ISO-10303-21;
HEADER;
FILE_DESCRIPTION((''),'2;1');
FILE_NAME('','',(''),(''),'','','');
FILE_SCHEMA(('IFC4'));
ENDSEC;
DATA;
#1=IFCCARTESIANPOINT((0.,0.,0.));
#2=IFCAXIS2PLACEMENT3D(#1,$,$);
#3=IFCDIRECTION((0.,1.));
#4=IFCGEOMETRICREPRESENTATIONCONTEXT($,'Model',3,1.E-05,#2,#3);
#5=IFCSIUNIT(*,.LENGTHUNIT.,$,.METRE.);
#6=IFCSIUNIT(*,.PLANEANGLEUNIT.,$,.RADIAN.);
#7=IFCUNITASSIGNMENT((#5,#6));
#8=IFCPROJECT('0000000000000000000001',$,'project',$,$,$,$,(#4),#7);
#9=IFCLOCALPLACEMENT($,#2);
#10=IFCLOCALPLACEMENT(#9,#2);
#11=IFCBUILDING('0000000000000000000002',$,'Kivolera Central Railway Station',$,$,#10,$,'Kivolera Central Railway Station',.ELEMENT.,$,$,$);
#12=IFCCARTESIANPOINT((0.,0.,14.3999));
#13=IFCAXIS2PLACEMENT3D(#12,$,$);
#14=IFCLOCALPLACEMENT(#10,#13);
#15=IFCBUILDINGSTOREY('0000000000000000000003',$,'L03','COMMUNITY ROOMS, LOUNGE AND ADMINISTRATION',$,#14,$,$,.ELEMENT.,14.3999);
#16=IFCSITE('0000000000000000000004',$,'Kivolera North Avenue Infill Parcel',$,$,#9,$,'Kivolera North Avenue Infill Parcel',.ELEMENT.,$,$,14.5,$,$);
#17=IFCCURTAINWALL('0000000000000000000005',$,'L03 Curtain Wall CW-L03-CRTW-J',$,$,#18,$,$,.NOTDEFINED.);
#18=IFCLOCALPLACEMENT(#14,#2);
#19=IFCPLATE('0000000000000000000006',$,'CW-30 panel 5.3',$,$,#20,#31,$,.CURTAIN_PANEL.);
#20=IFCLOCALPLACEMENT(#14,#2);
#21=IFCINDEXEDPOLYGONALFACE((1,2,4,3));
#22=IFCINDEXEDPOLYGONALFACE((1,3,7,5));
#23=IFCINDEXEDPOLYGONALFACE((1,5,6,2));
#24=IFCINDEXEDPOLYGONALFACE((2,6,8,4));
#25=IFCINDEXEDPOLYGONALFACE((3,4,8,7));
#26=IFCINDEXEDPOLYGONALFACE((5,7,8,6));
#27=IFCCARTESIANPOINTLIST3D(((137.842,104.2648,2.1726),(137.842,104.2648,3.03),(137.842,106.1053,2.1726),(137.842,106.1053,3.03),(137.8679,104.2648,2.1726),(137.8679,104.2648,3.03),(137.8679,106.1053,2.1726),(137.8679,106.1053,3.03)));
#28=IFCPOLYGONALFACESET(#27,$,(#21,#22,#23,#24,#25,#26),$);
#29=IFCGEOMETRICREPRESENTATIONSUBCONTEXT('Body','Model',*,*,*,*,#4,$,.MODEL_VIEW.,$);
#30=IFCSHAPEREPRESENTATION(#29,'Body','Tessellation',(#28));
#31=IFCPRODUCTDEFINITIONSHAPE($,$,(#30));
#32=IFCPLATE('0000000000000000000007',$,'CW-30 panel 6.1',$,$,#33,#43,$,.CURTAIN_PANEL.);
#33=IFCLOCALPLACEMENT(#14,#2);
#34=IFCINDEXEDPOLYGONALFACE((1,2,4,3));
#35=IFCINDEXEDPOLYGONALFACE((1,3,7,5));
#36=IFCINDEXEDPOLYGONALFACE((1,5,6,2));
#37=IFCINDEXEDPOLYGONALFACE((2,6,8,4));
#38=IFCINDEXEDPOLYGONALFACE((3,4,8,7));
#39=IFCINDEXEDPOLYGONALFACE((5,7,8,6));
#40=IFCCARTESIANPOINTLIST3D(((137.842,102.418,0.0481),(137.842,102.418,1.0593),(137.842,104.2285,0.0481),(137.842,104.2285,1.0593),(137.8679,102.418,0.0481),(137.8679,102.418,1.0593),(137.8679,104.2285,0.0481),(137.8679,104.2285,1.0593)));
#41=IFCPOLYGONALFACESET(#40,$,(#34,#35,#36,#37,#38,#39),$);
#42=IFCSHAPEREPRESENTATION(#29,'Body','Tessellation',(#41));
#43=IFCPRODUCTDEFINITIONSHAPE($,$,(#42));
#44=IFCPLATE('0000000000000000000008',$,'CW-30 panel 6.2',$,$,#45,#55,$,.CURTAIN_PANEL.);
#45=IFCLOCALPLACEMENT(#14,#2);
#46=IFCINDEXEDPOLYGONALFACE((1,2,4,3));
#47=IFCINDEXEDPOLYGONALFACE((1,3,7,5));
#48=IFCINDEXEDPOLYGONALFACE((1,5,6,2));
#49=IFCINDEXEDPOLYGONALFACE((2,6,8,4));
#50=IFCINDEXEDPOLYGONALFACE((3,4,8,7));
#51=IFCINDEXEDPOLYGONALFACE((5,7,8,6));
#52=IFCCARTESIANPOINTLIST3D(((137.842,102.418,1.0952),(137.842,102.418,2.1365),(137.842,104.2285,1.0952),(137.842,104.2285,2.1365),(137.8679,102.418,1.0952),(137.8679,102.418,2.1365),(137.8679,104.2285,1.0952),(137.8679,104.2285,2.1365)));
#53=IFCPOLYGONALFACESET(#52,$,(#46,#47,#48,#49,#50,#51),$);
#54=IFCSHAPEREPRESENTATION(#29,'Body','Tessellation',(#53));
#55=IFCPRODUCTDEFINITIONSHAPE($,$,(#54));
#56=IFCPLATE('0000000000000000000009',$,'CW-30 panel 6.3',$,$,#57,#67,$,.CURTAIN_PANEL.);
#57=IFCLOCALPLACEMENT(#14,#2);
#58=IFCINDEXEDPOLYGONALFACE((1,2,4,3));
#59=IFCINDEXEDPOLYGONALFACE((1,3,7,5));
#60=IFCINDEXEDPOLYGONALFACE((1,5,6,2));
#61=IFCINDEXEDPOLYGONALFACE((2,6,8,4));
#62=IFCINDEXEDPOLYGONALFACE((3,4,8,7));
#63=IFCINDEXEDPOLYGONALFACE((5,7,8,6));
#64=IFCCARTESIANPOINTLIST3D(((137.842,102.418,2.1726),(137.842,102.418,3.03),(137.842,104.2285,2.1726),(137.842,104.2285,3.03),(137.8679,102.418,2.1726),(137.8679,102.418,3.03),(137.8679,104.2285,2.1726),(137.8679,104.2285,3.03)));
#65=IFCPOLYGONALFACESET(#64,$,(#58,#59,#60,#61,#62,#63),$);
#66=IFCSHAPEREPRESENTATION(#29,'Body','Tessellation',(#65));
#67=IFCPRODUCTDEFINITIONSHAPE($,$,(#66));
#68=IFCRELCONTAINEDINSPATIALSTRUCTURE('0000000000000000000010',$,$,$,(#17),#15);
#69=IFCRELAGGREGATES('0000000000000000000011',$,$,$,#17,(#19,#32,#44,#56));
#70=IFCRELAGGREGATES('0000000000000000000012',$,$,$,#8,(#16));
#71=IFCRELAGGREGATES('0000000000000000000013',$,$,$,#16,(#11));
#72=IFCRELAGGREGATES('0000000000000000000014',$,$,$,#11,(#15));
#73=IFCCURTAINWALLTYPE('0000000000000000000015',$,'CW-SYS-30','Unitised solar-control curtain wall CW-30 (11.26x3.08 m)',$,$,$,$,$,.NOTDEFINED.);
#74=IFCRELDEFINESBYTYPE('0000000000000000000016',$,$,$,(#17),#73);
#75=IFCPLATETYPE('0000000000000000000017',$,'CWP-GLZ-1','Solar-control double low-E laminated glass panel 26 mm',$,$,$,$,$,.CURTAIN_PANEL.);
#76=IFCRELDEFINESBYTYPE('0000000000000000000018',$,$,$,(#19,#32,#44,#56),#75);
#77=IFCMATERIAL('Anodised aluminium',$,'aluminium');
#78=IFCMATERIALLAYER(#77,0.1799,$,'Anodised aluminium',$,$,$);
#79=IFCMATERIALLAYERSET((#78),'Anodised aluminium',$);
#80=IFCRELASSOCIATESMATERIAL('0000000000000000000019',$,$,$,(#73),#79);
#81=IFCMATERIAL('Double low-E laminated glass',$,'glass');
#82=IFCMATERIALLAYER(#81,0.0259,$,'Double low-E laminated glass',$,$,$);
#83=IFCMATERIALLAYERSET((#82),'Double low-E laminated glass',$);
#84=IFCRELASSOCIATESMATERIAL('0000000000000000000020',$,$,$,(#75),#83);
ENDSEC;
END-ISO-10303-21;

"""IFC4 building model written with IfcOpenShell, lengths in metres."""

from ifc_helpers import new_model, si_unit, direction, frame, origin, origin_2d, place, context, subcontext, project, spatial, rectangle, extrude, material, layer, layer_set, type_object, element, aggregate, save


model = new_model("IFC4")

# Units and contexts
model_context = context("Model", 3, precision=1e-05, world=origin(), true_north=direction((0.0, 1.0)))
body_context = subcontext(model_context, "Body", "Model", "MODEL_VIEW")
ifc_project = project(units=[si_unit("LENGTHUNIT", "METRE"), si_unit("PLANEANGLEUNIT", "RADIAN")], contexts=[model_context])

# Site, building, storey
site_placement = place(None, origin())
site = spatial("IfcSite", under=ifc_project, at=site_placement, Name="Kivolera North Avenue Infill Parcel", LongName="Kivolera North Avenue Infill Parcel", CompositionType="ELEMENT", RefElevation=14.5)
building_placement = place(site_placement, origin())
building = spatial("IfcBuilding", under=site, at=building_placement, Name="Kivolera Central Railway Station", LongName="Kivolera Central Railway Station", CompositionType="ELEMENT")
storey_placement = place(building_placement, frame((0.0, 0.0, 14.3999)))
storey = spatial("IfcBuildingStorey", under=building, at=storey_placement, Name="L03", Description="COMMUNITY ROOMS, LOUNGE AND ADMINISTRATION", CompositionType="ELEMENT", Elevation=14.3999)

# Curtain wall
ifc_material_1 = material(Name="Anodised aluminium", Category="aluminium")
ifc_layer_1 = layer(ifc_material_1, 0.1799, Name="Anodised aluminium")
ifc_layer_set_1 = layer_set([ifc_layer_1], Name="Anodised aluminium")
curtain_wall_type = type_object("IfcCurtainWallType", Name="CW-SYS-30", Description="Unitised solar-control curtain wall CW-30 (11.26x3.08 m)", PredefinedType="NOTDEFINED", material=ifc_layer_set_1)
curtain_wall_1_placement = place(storey_placement, origin())
curtain_wall_1 = element("IfcCurtainWall", 1, at=curtain_wall_1_placement, inside=storey, type_object=curtain_wall_type, Name="L03 Curtain Wall CW-L03-CRTW-J", PredefinedType="NOTDEFINED")

# Plates
ifc_material_2 = material(Name="Double low-E laminated glass", Category="glass")
ifc_layer_2 = layer(ifc_material_2, 0.0259, Name="Double low-E laminated glass")
ifc_layer_set_2 = layer_set([ifc_layer_2], Name="Double low-E laminated glass")
plate_type = type_object("IfcPlateType", Name="CWP-GLZ-1", Description="Solar-control double low-E laminated glass panel 26 mm", PredefinedType="CURTAIN_PANEL", material=ifc_layer_set_2)
plate_1_placement = place(storey_placement, frame((137.855, 105.1851, 2.1726), z_axis=(0.0, 0.0, 1.0), x_axis=(0.0, -1.0, 0.0)))
plate_1 = element("IfcPlate", 2, at=plate_1_placement, type_object=plate_type, Name="CW-30 panel 5.3", PredefinedType="CURTAIN_PANEL", context=body_context, shape_type="SweptSolid", body=[
    extrude(rectangle(XDim=1.8406, YDim=0.0259, at=origin_2d()), origin(), (0.0, 0.0, 1.0), 0.8574),
])
plate_2_placement = place(storey_placement, frame((137.855, 103.3232, 0.0481), z_axis=(0.0, 0.0, 1.0), x_axis=(0.0, -1.0, 0.0)))
plate_2 = element("IfcPlate", 3, at=plate_2_placement, type_object=plate_type, Name="CW-30 panel 6.1", PredefinedType="CURTAIN_PANEL", context=body_context, shape_type="SweptSolid", body=[
    extrude(rectangle(XDim=1.8105, YDim=0.0259, at=origin_2d()), origin(), (0.0, 0.0, 1.0), 1.0112),
])
plate_3_placement = place(storey_placement, frame((137.855, 103.3232, 1.0952), z_axis=(0.0, 0.0, 1.0), x_axis=(0.0, -1.0, 0.0)))
plate_3 = element("IfcPlate", 4, at=plate_3_placement, type_object=plate_type, Name="CW-30 panel 6.2", PredefinedType="CURTAIN_PANEL", context=body_context, shape_type="SweptSolid", body=[
    extrude(rectangle(XDim=1.8105, YDim=0.0259, at=origin_2d()), origin(), (0.0, 0.0, 1.0), 1.0413),
])
plate_4_placement = place(storey_placement, frame((137.855, 103.3232, 2.1726), z_axis=(0.0, 0.0, 1.0), x_axis=(0.0, -1.0, 0.0)))
plate_4 = element("IfcPlate", 5, at=plate_4_placement, type_object=plate_type, Name="CW-30 panel 6.3", PredefinedType="CURTAIN_PANEL", context=body_context, shape_type="SweptSolid", body=[
    extrude(rectangle(XDim=1.8105, YDim=0.0259, at=origin_2d()), origin(), (0.0, 0.0, 1.0), 0.8574),
])
aggregate(curtain_wall_1, [plate_1, plate_2, plate_3, plate_4])

save(model, "model.ifc")
